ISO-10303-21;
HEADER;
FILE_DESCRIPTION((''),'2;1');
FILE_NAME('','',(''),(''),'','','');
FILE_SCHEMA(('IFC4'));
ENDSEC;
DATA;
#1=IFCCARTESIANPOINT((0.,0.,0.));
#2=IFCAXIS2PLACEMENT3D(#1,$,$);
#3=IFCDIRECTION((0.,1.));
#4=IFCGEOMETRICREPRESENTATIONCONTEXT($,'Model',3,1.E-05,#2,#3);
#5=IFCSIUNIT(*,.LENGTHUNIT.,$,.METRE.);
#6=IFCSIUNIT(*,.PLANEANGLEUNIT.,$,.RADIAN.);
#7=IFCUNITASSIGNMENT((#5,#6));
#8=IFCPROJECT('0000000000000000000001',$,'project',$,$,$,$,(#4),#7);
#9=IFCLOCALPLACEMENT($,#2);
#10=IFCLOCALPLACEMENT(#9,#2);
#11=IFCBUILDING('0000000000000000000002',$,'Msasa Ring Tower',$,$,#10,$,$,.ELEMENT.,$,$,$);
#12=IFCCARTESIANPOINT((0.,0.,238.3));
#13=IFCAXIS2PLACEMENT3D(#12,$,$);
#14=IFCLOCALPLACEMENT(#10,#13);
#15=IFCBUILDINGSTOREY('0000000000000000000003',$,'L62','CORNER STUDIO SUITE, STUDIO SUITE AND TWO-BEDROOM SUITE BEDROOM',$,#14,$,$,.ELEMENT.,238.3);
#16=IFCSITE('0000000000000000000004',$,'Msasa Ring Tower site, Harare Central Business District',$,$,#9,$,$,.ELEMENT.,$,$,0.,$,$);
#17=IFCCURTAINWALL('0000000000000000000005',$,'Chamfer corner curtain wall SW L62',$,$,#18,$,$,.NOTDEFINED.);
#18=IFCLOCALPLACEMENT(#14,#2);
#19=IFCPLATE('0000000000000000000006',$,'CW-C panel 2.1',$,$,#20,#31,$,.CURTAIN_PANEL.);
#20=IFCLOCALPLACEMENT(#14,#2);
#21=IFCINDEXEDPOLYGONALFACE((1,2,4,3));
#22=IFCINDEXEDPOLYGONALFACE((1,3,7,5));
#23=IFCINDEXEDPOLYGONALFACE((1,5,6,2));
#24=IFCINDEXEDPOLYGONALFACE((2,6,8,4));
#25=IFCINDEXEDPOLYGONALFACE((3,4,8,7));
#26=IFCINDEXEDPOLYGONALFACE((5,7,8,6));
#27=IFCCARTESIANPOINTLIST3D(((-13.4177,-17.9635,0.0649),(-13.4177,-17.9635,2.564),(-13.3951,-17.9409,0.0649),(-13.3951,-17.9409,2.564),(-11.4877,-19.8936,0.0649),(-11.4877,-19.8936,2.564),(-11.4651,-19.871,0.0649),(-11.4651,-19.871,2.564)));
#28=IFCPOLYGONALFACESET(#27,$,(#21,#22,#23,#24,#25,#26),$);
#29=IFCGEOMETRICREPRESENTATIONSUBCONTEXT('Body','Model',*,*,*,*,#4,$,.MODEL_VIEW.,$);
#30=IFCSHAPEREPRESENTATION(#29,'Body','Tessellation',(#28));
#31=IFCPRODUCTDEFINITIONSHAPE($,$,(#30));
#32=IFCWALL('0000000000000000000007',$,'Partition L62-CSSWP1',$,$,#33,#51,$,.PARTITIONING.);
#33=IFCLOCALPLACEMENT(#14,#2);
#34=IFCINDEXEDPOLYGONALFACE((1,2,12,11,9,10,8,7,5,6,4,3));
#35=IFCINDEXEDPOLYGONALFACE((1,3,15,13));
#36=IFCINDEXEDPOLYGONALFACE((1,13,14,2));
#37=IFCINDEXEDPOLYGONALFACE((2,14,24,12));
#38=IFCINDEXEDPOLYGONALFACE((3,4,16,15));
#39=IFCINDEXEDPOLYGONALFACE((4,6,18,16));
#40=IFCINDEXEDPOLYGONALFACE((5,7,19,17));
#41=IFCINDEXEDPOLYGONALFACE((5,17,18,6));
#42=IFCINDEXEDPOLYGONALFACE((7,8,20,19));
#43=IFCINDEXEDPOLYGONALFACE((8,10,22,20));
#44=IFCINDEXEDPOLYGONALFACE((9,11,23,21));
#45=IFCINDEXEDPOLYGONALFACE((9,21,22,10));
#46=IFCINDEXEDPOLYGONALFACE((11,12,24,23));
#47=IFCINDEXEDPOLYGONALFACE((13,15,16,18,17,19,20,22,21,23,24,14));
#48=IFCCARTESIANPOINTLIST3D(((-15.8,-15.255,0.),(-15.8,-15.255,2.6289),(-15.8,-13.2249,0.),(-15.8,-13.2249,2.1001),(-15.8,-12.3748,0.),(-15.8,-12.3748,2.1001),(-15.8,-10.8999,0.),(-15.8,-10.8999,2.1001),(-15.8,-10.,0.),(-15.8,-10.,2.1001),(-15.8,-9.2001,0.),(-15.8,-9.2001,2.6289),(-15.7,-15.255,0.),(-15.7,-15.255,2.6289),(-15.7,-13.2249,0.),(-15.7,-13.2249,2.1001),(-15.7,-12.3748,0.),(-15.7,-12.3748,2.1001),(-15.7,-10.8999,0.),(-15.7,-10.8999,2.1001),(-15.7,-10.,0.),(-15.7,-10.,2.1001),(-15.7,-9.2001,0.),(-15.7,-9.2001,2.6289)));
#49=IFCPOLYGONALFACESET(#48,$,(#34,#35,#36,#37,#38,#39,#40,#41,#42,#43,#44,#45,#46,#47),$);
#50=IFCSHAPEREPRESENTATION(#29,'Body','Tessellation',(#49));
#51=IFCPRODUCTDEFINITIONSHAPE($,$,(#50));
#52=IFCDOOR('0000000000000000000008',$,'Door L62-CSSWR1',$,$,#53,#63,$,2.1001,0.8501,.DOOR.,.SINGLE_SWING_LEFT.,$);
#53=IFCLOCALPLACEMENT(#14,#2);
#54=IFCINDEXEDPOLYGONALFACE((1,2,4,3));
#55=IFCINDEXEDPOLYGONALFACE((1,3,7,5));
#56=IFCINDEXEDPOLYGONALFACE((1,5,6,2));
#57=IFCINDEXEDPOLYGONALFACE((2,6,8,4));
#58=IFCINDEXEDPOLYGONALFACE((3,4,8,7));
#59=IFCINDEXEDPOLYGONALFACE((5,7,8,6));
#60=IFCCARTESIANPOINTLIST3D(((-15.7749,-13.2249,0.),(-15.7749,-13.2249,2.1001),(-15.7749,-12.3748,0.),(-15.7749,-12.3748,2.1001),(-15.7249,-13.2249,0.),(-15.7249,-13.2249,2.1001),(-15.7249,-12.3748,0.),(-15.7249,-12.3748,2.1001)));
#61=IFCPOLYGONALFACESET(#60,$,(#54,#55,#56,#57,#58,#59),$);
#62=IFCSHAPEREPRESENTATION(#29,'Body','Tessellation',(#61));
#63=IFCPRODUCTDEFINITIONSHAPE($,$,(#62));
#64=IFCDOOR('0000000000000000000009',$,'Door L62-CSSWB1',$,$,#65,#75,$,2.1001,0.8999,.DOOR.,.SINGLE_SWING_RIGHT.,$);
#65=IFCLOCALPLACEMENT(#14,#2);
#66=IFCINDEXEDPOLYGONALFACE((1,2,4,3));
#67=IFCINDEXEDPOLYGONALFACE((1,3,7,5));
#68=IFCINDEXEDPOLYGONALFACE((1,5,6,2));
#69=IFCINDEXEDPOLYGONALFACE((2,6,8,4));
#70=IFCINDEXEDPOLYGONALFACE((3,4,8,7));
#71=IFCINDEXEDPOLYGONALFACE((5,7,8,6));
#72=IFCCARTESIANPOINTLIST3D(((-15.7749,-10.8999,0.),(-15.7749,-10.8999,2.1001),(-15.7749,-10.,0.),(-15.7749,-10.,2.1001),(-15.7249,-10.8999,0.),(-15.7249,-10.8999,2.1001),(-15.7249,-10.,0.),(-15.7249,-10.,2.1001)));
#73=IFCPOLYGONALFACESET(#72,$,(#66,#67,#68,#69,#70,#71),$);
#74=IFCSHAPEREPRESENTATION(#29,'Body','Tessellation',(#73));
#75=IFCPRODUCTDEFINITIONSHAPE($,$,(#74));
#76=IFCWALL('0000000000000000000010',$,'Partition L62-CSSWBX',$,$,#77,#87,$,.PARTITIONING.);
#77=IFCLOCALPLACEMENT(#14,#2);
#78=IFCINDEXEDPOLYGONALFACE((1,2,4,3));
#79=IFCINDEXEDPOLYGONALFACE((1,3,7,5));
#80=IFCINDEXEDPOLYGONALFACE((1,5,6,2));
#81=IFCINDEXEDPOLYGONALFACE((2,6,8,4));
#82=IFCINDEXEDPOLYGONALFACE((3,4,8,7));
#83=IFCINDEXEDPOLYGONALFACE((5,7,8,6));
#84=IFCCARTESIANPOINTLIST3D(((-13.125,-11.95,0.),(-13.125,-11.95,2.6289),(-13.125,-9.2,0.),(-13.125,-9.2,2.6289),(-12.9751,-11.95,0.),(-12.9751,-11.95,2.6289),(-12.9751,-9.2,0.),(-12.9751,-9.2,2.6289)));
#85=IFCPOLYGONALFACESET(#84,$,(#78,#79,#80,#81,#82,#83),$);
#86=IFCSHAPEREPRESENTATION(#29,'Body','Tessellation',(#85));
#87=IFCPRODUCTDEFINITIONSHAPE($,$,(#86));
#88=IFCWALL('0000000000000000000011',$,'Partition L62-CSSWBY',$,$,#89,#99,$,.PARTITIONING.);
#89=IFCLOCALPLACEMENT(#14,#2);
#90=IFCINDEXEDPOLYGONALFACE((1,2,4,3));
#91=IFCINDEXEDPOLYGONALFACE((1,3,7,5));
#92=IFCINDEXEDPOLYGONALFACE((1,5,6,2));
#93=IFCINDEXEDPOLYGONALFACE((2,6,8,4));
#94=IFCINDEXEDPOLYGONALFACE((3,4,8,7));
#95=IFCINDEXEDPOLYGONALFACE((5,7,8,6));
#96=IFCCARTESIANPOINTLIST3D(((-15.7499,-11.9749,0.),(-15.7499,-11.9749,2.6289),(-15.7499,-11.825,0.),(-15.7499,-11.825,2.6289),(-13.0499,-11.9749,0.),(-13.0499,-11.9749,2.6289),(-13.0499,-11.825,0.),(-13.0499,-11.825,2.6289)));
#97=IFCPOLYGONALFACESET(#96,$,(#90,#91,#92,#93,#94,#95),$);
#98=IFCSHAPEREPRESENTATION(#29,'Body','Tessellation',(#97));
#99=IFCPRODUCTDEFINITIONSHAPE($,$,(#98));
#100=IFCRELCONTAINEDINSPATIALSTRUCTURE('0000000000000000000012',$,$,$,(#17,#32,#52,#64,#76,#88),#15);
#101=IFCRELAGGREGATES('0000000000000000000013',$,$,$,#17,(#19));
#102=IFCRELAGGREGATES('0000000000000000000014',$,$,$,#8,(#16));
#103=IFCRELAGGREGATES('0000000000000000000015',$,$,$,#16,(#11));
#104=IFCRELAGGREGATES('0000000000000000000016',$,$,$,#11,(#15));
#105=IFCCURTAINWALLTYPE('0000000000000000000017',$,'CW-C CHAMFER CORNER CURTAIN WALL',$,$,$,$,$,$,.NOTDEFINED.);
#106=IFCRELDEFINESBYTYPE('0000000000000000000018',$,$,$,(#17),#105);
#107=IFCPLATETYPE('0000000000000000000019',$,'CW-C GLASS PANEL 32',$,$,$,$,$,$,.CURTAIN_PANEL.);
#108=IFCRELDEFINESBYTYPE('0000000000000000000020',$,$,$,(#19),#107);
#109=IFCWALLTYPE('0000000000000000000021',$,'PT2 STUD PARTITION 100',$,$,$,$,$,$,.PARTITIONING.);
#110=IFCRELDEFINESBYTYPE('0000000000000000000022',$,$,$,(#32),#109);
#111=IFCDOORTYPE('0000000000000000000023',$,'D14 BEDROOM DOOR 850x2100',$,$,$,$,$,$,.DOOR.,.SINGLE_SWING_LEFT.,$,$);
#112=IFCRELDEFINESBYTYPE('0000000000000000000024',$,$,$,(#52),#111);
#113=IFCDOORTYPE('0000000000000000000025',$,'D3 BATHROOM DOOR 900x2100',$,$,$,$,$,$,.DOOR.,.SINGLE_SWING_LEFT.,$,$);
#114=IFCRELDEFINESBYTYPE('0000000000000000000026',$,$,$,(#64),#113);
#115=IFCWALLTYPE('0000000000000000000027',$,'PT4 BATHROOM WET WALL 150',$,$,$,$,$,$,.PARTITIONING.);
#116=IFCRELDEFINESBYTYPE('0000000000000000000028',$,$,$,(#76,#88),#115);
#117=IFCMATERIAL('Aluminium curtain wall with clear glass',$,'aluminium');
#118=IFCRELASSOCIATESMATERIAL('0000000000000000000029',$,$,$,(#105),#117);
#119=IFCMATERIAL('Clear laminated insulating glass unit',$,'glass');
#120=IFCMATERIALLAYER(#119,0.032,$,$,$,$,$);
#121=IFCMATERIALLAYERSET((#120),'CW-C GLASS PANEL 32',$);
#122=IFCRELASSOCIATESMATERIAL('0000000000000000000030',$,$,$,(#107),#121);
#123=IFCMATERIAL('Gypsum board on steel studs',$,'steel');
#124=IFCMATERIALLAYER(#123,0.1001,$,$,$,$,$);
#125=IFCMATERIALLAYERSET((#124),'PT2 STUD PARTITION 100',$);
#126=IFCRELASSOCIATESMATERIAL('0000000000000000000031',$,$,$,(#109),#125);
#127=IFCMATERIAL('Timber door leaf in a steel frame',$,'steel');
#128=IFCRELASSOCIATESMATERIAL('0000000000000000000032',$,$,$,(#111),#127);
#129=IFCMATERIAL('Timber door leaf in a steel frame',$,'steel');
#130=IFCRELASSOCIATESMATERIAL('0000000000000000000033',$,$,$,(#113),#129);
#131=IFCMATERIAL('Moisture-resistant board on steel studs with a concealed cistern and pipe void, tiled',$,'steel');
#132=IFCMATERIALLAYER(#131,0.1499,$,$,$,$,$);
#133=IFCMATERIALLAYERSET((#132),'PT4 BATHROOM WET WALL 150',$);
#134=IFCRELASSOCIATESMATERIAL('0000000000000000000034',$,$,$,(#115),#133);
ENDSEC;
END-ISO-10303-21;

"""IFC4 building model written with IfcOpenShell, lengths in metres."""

from ifc_helpers import new_model, si_unit, direction, frame, frame_2d, origin, origin_2d, place, context, subcontext, project, spatial, rectangle, extrude, material, layer, layer_set, type_object, element, fill, aggregate, save


model = new_model("IFC4")

# Units and contexts
model_context = context("Model", 3, precision=1e-05, world=origin(), true_north=direction((0.0, 1.0)))
body_context = subcontext(model_context, "Body", "Model", "MODEL_VIEW")
ifc_project = project(units=[si_unit("LENGTHUNIT", "METRE"), si_unit("PLANEANGLEUNIT", "RADIAN")], contexts=[model_context])

# Site, building, storey
site_placement = place(None, origin())
site = spatial("IfcSite", under=ifc_project, at=site_placement, Name="Msasa Ring Tower site, Harare Central Business District", CompositionType="ELEMENT", RefElevation=0.0)
building_placement = place(site_placement, origin())
building = spatial("IfcBuilding", under=site, at=building_placement, Name="Msasa Ring Tower", CompositionType="ELEMENT")
storey_placement = place(building_placement, frame((0.0, 0.0, 238.3)))
storey = spatial("IfcBuildingStorey", under=building, at=storey_placement, Name="L62", Description="CORNER STUDIO SUITE, STUDIO SUITE AND TWO-BEDROOM SUITE BEDROOM", CompositionType="ELEMENT", Elevation=238.3)

# Curtain wall
ifc_material_1 = material(Name="Aluminium curtain wall with clear glass", Category="aluminium")
curtain_wall_type = type_object("IfcCurtainWallType", Name="CW-C CHAMFER CORNER CURTAIN WALL", PredefinedType="NOTDEFINED", material=ifc_material_1)
curtain_wall_1_placement = place(storey_placement, origin())
curtain_wall_1 = element("IfcCurtainWall", 1, at=curtain_wall_1_placement, inside=storey, type_object=curtain_wall_type, Name="Chamfer corner curtain wall SW L62", PredefinedType="NOTDEFINED")

# Plate
ifc_material_2 = material(Name="Clear laminated insulating glass unit", Category="glass")
ifc_layer_1 = layer(ifc_material_2, 0.032)
ifc_layer_set_1 = layer_set([ifc_layer_1], Name="CW-C GLASS PANEL 32")
plate_type = type_object("IfcPlateType", Name="CW-C GLASS PANEL 32", PredefinedType="CURTAIN_PANEL", material=ifc_layer_set_1)
plate_1_placement = place(storey_placement, frame((-12.4414, -18.9172, 0.0649), z_axis=(0.0, 0.0, 1.0), x_axis=(0.707107, -0.707107, 0.0)))
plate_1 = element("IfcPlate", 2, at=plate_1_placement, type_object=plate_type, Name="CW-C panel 2.1", PredefinedType="CURTAIN_PANEL", context=body_context, shape_type="SweptSolid", body=[
    extrude(rectangle(XDim=2.7295, YDim=0.032, at=origin_2d()), origin(), (0.0, 0.0, 1.0), 2.499),
])
aggregate(curtain_wall_1, [plate_1])

# Wall, openings, doors
ifc_material_3 = material(Name="Gypsum board on steel studs", Category="steel")
ifc_layer_2 = layer(ifc_material_3, 0.1001)
ifc_layer_set_2 = layer_set([ifc_layer_2], Name="PT2 STUD PARTITION 100")
wall_type_1 = type_object("IfcWallType", Name="PT2 STUD PARTITION 100", PredefinedType="PARTITIONING", material=ifc_layer_set_2)
wall_1_placement = place(storey_placement, frame((-15.75, -15.2549, 0.0), z_axis=(0.0, 0.0, 1.0), x_axis=(0.0, 1.0, 0.0)))
wall_1 = element("IfcWall", 3, at=wall_1_placement, inside=storey, type_object=wall_type_1, Name="Partition L62-CSSWP1", PredefinedType="PARTITIONING", context=body_context, shape_type="SweptSolid", body=[
    extrude(rectangle(XDim=6.0549, YDim=0.1001, at=frame_2d((3.0273, 0.0))), origin(), (0.0, 0.0, 1.0), 2.6289),
])
opening_1_placement = place(wall_1_placement, frame((2.03, 0.0, 0.0)))
opening_1 = element("IfcOpeningElement", 4, at=opening_1_placement, cuts=wall_1, PredefinedType="OPENING", context=body_context, shape_type="SweptSolid", body=[
    extrude(rectangle(XDim=0.8501, YDim=2.1001, at=frame_2d((0.425, 1.05))), frame((0.0, 0.0601, 0.0), z_axis=(0.0, -1.0, 0.0), x_axis=(1.0, 0.0, 0.0)), (0.0, 0.0, 1.0), 0.1201),
])
opening_2_placement = place(wall_1_placement, frame((4.355, 0.0, 0.0)))
opening_2 = element("IfcOpeningElement", 5, at=opening_2_placement, cuts=wall_1, PredefinedType="OPENING", context=body_context, shape_type="SweptSolid", body=[
    extrude(rectangle(XDim=0.8999, YDim=2.1001, at=frame_2d((0.45, 1.05))), frame((0.0, 0.0601, 0.0), z_axis=(0.0, -1.0, 0.0), x_axis=(1.0, 0.0, 0.0)), (0.0, 0.0, 1.0), 0.1201),
])
ifc_material_4 = material(Name="Timber door leaf in a steel frame", Category="steel")
door_type_1 = type_object("IfcDoorType", Name="D14 BEDROOM DOOR 850x2100", OperationType="SINGLE_SWING_LEFT", PredefinedType="DOOR", material=ifc_material_4)
door_1_placement = place(opening_1_placement, origin())
door_1 = element("IfcDoor", 6, at=door_1_placement, inside=storey, type_object=door_type_1, Name="Door L62-CSSWR1", OperationType="SINGLE_SWING_LEFT", OverallHeight=2.1001, OverallWidth=0.8501, PredefinedType="DOOR", context=body_context, shape_type="SweptSolid", body=[
    extrude(rectangle(XDim=0.8501, YDim=2.1001, at=frame_2d((0.425, 1.05))), frame((0.0, 0.0249, 0.0), z_axis=(0.0, -1.0, 0.0), x_axis=(1.0, 0.0, 0.0)), (0.0, 0.0, 1.0), 0.05),
])
fill(opening_1, door_1)
ifc_material_5 = material(Name="Timber door leaf in a steel frame", Category="steel")
door_type_2 = type_object("IfcDoorType", Name="D3 BATHROOM DOOR 900x2100", OperationType="SINGLE_SWING_LEFT", PredefinedType="DOOR", material=ifc_material_5)
door_2_placement = place(opening_2_placement, origin())
door_2 = element("IfcDoor", 7, at=door_2_placement, inside=storey, type_object=door_type_2, Name="Door L62-CSSWB1", OperationType="SINGLE_SWING_RIGHT", OverallHeight=2.1001, OverallWidth=0.8999, PredefinedType="DOOR", context=body_context, shape_type="SweptSolid", body=[
    extrude(rectangle(XDim=0.8999, YDim=2.1001, at=frame_2d((0.45, 1.05))), frame((0.0, 0.0249, 0.0), z_axis=(0.0, -1.0, 0.0), x_axis=(1.0, 0.0, 0.0)), (0.0, 0.0, 1.0), 0.05),
])
fill(opening_2, door_2)

# Walls
ifc_material_6 = material(Name="Moisture-resistant board on steel studs with a concealed cistern and pipe void, tiled", Category="steel")
ifc_layer_3 = layer(ifc_material_6, 0.1499)
ifc_layer_set_3 = layer_set([ifc_layer_3], Name="PT4 BATHROOM WET WALL 150")
wall_type_2 = type_object("IfcWallType", Name="PT4 BATHROOM WET WALL 150", PredefinedType="PARTITIONING", material=ifc_layer_set_3)
wall_2_placement = place(storey_placement, frame((-13.05, -11.95, 0.0), z_axis=(0.0, 0.0, 1.0), x_axis=(0.0, 1.0, 0.0)))
element("IfcWall", 8, at=wall_2_placement, inside=storey, type_object=wall_type_2, Name="Partition L62-CSSWBX", PredefinedType="PARTITIONING", context=body_context, shape_type="SweptSolid", body=[
    extrude(rectangle(XDim=2.75, YDim=0.1499, at=frame_2d((1.375, 0.0))), origin(), (0.0, 0.0, 1.0), 2.6289),
])
wall_3_placement = place(storey_placement, frame((-15.75, -11.8999, 0.0), z_axis=(0.0, 0.0, 1.0), x_axis=(1.0, 0.0, 0.0)))
element("IfcWall", 9, at=wall_3_placement, inside=storey, type_object=wall_type_2, Name="Partition L62-CSSWBY", PredefinedType="PARTITIONING", context=body_context, shape_type="SweptSolid", body=[
    extrude(rectangle(XDim=2.7, YDim=0.1499, at=frame_2d((1.3501, 0.0))), origin(), (0.0, 0.0, 1.0), 2.6289),
])

save(model, "model.ifc")
